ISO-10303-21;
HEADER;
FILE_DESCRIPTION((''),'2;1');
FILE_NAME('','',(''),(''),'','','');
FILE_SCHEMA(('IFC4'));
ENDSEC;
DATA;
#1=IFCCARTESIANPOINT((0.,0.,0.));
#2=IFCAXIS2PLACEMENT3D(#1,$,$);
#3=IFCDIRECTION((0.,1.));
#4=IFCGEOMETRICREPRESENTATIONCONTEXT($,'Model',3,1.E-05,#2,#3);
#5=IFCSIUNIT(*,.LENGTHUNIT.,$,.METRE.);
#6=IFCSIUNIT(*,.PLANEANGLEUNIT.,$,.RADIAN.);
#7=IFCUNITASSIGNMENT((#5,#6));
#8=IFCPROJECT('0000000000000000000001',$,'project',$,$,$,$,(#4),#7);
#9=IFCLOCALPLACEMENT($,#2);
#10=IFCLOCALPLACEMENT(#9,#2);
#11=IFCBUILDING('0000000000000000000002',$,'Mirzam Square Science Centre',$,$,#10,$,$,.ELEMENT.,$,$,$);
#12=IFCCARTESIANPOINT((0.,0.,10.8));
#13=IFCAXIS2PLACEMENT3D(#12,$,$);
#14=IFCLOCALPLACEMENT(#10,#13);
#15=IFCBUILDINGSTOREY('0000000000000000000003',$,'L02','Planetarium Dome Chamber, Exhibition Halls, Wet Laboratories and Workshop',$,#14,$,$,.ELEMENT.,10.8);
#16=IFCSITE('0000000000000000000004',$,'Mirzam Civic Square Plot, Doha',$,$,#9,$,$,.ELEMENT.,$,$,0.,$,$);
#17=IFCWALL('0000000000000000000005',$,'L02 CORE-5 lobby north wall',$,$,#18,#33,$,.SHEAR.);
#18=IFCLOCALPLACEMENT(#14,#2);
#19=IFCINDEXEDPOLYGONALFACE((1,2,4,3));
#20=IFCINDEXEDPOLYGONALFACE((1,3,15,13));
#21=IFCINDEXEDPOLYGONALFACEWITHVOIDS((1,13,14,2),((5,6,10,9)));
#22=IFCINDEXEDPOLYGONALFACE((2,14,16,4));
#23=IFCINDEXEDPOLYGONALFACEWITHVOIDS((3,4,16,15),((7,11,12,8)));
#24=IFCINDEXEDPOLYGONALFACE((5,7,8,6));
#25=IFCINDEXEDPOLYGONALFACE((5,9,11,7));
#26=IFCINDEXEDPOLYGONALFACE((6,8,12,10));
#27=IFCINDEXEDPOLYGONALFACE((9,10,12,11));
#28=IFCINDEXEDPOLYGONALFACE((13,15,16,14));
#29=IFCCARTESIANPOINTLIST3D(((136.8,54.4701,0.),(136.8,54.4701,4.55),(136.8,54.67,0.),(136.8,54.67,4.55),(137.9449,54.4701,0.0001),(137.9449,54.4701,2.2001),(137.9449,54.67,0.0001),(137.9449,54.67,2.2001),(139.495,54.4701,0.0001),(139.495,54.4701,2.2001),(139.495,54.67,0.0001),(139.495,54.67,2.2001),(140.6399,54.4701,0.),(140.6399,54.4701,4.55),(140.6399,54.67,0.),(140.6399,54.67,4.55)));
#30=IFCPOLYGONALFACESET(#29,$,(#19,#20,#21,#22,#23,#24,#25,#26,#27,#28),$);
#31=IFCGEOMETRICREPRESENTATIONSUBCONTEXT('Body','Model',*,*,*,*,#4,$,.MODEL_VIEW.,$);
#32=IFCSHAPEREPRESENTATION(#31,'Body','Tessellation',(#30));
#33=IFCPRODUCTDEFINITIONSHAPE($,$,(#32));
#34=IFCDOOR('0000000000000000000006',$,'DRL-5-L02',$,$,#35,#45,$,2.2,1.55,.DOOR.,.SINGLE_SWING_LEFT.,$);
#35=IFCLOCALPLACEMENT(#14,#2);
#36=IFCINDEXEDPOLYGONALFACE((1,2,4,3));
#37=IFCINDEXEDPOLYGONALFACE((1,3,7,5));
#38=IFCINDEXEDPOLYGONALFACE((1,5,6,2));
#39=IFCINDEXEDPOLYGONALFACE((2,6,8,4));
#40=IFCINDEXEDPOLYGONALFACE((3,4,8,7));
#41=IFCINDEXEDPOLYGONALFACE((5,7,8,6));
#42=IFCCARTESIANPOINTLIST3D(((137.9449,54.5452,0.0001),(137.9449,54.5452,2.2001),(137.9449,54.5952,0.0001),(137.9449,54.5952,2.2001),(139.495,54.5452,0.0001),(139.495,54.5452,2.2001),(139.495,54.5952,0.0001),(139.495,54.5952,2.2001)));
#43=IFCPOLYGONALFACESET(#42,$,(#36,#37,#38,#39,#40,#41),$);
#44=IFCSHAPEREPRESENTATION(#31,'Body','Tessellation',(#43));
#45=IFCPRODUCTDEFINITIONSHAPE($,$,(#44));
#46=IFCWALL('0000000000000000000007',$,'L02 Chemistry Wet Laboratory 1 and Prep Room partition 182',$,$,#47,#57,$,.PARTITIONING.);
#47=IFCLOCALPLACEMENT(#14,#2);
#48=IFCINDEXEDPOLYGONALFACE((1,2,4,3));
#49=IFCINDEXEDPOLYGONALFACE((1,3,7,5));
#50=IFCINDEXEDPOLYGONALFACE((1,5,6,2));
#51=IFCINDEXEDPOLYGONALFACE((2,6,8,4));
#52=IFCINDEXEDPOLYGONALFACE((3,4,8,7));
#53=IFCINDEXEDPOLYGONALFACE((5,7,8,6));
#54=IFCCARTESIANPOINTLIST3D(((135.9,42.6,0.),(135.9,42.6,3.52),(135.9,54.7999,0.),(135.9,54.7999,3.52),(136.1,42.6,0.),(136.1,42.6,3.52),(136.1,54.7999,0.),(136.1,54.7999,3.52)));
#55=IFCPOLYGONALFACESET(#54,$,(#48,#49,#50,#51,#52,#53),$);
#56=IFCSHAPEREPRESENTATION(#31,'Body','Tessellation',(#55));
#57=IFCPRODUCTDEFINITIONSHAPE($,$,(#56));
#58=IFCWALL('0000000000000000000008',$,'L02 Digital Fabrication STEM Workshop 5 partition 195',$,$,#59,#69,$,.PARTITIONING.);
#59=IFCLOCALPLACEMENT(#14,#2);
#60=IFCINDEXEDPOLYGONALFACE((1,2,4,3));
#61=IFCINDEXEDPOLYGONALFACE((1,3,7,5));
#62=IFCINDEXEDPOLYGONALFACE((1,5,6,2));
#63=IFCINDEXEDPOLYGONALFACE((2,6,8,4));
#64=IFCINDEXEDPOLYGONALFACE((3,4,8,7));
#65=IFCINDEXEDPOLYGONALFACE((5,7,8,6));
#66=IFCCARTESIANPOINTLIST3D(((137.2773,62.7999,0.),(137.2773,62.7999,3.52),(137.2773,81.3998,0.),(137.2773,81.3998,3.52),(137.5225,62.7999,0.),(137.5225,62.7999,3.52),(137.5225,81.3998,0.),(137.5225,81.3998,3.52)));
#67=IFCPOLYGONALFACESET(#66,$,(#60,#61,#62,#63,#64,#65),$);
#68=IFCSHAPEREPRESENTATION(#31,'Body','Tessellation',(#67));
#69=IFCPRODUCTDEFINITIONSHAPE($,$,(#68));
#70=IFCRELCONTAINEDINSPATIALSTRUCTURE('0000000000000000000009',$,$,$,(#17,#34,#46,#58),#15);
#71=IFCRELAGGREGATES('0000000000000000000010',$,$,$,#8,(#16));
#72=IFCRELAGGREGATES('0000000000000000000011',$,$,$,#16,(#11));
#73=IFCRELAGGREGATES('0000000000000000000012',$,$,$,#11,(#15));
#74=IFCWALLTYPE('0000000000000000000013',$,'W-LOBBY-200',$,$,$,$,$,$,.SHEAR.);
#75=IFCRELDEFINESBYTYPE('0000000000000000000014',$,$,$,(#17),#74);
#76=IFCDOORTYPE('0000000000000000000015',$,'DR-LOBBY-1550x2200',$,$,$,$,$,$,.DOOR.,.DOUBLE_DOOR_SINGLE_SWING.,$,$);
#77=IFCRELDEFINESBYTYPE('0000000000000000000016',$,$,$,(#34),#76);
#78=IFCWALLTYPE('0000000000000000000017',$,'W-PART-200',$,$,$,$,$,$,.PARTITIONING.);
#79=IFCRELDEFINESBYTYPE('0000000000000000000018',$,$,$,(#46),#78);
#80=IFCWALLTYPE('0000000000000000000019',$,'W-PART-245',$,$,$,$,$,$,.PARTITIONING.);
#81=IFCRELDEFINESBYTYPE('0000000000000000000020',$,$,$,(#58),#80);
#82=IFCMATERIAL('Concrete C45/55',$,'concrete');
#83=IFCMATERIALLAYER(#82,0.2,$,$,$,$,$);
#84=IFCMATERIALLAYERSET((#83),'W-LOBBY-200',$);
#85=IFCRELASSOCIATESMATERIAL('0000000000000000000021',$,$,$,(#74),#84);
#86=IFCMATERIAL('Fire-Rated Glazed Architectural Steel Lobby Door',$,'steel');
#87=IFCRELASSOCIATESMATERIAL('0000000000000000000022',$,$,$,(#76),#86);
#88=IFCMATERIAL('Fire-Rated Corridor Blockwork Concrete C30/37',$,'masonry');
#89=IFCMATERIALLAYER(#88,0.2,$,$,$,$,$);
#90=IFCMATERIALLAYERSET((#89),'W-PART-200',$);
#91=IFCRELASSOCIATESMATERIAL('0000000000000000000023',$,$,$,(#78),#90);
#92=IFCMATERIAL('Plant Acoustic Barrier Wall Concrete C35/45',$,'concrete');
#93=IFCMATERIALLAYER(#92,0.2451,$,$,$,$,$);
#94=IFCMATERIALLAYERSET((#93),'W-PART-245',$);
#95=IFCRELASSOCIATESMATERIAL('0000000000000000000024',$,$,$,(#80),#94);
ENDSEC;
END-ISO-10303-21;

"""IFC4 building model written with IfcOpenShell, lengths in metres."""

from ifc_helpers import new_model, si_unit, direction, frame, frame_2d, origin, place, context, subcontext, project, spatial, rectangle, extrude, material, layer, layer_set, type_object, element, fill, save


model = new_model("IFC4")

# Units and contexts
model_context = context("Model", 3, precision=1e-05, world=origin(), true_north=direction((0.0, 1.0)))
body_context = subcontext(model_context, "Body", "Model", "MODEL_VIEW")
ifc_project = project(units=[si_unit("LENGTHUNIT", "METRE"), si_unit("PLANEANGLEUNIT", "RADIAN")], contexts=[model_context])

# Site, building, storey
site_placement = place(None, origin())
site = spatial("IfcSite", under=ifc_project, at=site_placement, Name="Mirzam Civic Square Plot, Doha", CompositionType="ELEMENT", RefElevation=0.0)
building_placement = place(site_placement, origin())
building = spatial("IfcBuilding", under=site, at=building_placement, Name="Mirzam Square Science Centre", CompositionType="ELEMENT")
storey_placement = place(building_placement, frame((0.0, 0.0, 10.8)))
storey = spatial("IfcBuildingStorey", under=building, at=storey_placement, Name="L02", Description="Planetarium Dome Chamber, Exhibition Halls, Wet Laboratories and Workshop", CompositionType="ELEMENT", Elevation=10.8)

# Wall, opening, door
ifc_material_1 = material(Name="Concrete C45/55", Category="concrete")
ifc_layer_1 = layer(ifc_material_1, 0.2)
ifc_layer_set_1 = layer_set([ifc_layer_1], Name="W-LOBBY-200")
wall_type_1 = type_object("IfcWallType", Name="W-LOBBY-200", PredefinedType="SHEAR", material=ifc_layer_set_1)
wall_1_placement = place(storey_placement, frame((140.6399, 54.5701, 0.0), z_axis=(0.0, 0.0, 1.0), x_axis=(-1.0, 0.0, 0.0)))
wall_1 = element("IfcWall", 1, at=wall_1_placement, inside=storey, type_object=wall_type_1, Name="L02 CORE-5 lobby north wall", PredefinedType="SHEAR", context=body_context, shape_type="SweptSolid", body=[
    extrude(rectangle(XDim=3.8398, YDim=0.2, at=frame_2d((1.9199, 0.0))), origin(), (0.0, 0.0, 1.0), 4.55),
])
opening_placement = place(wall_1_placement, frame((1.145, 0.0, 0.0)))
opening = element("IfcOpeningElement", 2, at=opening_placement, cuts=wall_1, PredefinedType="OPENING", context=body_context, shape_type="SweptSolid", body=[
    extrude(rectangle(XDim=1.55, YDim=2.2, at=frame_2d((0.7749, 1.1001))), frame((0.0, 0.1099, 0.0), z_axis=(0.0, -1.0, 0.0), x_axis=(1.0, 0.0, 0.0)), (0.0, 0.0, 1.0), 0.22),
])
ifc_material_2 = material(Name="Fire-Rated Glazed Architectural Steel Lobby Door", Category="steel")
door_type = type_object("IfcDoorType", Name="DR-LOBBY-1550x2200", OperationType="DOUBLE_DOOR_SINGLE_SWING", PredefinedType="DOOR", material=ifc_material_2)
door_placement = place(opening_placement, origin())
door = element("IfcDoor", 3, at=door_placement, inside=storey, type_object=door_type, Name="DRL-5-L02", OperationType="SINGLE_SWING_LEFT", OverallHeight=2.2, OverallWidth=1.55, PredefinedType="DOOR", context=body_context, shape_type="SweptSolid", body=[
    extrude(rectangle(XDim=1.55, YDim=2.2, at=frame_2d((0.7749, 1.1001))), frame((0.0, 0.0249, 0.0), z_axis=(0.0, -1.0, 0.0), x_axis=(1.0, 0.0, 0.0)), (0.0, 0.0, 1.0), 0.05),
])
fill(opening, door)

# Walls
ifc_material_3 = material(Name="Fire-Rated Corridor Blockwork Concrete C30/37", Category="masonry")
ifc_layer_2 = layer(ifc_material_3, 0.2)
ifc_layer_set_2 = layer_set([ifc_layer_2], Name="W-PART-200")
wall_type_2 = type_object("IfcWallType", Name="W-PART-200", PredefinedType="PARTITIONING", material=ifc_layer_set_2)
wall_2_placement = place(storey_placement, frame((136.0, 54.8, 0.0), z_axis=(0.0, 0.0, 1.0), x_axis=(0.0, -1.0, 0.0)))
element("IfcWall", 4, at=wall_2_placement, inside=storey, type_object=wall_type_2, Name="L02 Chemistry Wet Laboratory 1 and Prep Room partition 182", PredefinedType="PARTITIONING", context=body_context, shape_type="SweptSolid", body=[
    extrude(rectangle(XDim=12.2, YDim=0.2, at=frame_2d((6.1001, 0.0))), origin(), (0.0, 0.0, 1.0), 3.52),
])
ifc_material_4 = material(Name="Plant Acoustic Barrier Wall Concrete C35/45", Category="concrete")
ifc_layer_3 = layer(ifc_material_4, 0.2451)
ifc_layer_set_3 = layer_set([ifc_layer_3], Name="W-PART-245")
wall_type_3 = type_object("IfcWallType", Name="W-PART-245", PredefinedType="PARTITIONING", material=ifc_layer_set_3)
wall_3_placement = place(storey_placement, frame((137.3999, 62.8, 0.0), z_axis=(0.0, 0.0, 1.0), x_axis=(0.0, 1.0, 0.0)))
element("IfcWall", 5, at=wall_3_placement, inside=storey, type_object=wall_type_3, Name="L02 Digital Fabrication STEM Workshop 5 partition 195", PredefinedType="PARTITIONING", context=body_context, shape_type="SweptSolid", body=[
    extrude(rectangle(XDim=18.5999, YDim=0.2451, at=frame_2d((9.2998, 0.0))), origin(), (0.0, 0.0, 1.0), 3.52),
])

save(model, "model.ifc")
